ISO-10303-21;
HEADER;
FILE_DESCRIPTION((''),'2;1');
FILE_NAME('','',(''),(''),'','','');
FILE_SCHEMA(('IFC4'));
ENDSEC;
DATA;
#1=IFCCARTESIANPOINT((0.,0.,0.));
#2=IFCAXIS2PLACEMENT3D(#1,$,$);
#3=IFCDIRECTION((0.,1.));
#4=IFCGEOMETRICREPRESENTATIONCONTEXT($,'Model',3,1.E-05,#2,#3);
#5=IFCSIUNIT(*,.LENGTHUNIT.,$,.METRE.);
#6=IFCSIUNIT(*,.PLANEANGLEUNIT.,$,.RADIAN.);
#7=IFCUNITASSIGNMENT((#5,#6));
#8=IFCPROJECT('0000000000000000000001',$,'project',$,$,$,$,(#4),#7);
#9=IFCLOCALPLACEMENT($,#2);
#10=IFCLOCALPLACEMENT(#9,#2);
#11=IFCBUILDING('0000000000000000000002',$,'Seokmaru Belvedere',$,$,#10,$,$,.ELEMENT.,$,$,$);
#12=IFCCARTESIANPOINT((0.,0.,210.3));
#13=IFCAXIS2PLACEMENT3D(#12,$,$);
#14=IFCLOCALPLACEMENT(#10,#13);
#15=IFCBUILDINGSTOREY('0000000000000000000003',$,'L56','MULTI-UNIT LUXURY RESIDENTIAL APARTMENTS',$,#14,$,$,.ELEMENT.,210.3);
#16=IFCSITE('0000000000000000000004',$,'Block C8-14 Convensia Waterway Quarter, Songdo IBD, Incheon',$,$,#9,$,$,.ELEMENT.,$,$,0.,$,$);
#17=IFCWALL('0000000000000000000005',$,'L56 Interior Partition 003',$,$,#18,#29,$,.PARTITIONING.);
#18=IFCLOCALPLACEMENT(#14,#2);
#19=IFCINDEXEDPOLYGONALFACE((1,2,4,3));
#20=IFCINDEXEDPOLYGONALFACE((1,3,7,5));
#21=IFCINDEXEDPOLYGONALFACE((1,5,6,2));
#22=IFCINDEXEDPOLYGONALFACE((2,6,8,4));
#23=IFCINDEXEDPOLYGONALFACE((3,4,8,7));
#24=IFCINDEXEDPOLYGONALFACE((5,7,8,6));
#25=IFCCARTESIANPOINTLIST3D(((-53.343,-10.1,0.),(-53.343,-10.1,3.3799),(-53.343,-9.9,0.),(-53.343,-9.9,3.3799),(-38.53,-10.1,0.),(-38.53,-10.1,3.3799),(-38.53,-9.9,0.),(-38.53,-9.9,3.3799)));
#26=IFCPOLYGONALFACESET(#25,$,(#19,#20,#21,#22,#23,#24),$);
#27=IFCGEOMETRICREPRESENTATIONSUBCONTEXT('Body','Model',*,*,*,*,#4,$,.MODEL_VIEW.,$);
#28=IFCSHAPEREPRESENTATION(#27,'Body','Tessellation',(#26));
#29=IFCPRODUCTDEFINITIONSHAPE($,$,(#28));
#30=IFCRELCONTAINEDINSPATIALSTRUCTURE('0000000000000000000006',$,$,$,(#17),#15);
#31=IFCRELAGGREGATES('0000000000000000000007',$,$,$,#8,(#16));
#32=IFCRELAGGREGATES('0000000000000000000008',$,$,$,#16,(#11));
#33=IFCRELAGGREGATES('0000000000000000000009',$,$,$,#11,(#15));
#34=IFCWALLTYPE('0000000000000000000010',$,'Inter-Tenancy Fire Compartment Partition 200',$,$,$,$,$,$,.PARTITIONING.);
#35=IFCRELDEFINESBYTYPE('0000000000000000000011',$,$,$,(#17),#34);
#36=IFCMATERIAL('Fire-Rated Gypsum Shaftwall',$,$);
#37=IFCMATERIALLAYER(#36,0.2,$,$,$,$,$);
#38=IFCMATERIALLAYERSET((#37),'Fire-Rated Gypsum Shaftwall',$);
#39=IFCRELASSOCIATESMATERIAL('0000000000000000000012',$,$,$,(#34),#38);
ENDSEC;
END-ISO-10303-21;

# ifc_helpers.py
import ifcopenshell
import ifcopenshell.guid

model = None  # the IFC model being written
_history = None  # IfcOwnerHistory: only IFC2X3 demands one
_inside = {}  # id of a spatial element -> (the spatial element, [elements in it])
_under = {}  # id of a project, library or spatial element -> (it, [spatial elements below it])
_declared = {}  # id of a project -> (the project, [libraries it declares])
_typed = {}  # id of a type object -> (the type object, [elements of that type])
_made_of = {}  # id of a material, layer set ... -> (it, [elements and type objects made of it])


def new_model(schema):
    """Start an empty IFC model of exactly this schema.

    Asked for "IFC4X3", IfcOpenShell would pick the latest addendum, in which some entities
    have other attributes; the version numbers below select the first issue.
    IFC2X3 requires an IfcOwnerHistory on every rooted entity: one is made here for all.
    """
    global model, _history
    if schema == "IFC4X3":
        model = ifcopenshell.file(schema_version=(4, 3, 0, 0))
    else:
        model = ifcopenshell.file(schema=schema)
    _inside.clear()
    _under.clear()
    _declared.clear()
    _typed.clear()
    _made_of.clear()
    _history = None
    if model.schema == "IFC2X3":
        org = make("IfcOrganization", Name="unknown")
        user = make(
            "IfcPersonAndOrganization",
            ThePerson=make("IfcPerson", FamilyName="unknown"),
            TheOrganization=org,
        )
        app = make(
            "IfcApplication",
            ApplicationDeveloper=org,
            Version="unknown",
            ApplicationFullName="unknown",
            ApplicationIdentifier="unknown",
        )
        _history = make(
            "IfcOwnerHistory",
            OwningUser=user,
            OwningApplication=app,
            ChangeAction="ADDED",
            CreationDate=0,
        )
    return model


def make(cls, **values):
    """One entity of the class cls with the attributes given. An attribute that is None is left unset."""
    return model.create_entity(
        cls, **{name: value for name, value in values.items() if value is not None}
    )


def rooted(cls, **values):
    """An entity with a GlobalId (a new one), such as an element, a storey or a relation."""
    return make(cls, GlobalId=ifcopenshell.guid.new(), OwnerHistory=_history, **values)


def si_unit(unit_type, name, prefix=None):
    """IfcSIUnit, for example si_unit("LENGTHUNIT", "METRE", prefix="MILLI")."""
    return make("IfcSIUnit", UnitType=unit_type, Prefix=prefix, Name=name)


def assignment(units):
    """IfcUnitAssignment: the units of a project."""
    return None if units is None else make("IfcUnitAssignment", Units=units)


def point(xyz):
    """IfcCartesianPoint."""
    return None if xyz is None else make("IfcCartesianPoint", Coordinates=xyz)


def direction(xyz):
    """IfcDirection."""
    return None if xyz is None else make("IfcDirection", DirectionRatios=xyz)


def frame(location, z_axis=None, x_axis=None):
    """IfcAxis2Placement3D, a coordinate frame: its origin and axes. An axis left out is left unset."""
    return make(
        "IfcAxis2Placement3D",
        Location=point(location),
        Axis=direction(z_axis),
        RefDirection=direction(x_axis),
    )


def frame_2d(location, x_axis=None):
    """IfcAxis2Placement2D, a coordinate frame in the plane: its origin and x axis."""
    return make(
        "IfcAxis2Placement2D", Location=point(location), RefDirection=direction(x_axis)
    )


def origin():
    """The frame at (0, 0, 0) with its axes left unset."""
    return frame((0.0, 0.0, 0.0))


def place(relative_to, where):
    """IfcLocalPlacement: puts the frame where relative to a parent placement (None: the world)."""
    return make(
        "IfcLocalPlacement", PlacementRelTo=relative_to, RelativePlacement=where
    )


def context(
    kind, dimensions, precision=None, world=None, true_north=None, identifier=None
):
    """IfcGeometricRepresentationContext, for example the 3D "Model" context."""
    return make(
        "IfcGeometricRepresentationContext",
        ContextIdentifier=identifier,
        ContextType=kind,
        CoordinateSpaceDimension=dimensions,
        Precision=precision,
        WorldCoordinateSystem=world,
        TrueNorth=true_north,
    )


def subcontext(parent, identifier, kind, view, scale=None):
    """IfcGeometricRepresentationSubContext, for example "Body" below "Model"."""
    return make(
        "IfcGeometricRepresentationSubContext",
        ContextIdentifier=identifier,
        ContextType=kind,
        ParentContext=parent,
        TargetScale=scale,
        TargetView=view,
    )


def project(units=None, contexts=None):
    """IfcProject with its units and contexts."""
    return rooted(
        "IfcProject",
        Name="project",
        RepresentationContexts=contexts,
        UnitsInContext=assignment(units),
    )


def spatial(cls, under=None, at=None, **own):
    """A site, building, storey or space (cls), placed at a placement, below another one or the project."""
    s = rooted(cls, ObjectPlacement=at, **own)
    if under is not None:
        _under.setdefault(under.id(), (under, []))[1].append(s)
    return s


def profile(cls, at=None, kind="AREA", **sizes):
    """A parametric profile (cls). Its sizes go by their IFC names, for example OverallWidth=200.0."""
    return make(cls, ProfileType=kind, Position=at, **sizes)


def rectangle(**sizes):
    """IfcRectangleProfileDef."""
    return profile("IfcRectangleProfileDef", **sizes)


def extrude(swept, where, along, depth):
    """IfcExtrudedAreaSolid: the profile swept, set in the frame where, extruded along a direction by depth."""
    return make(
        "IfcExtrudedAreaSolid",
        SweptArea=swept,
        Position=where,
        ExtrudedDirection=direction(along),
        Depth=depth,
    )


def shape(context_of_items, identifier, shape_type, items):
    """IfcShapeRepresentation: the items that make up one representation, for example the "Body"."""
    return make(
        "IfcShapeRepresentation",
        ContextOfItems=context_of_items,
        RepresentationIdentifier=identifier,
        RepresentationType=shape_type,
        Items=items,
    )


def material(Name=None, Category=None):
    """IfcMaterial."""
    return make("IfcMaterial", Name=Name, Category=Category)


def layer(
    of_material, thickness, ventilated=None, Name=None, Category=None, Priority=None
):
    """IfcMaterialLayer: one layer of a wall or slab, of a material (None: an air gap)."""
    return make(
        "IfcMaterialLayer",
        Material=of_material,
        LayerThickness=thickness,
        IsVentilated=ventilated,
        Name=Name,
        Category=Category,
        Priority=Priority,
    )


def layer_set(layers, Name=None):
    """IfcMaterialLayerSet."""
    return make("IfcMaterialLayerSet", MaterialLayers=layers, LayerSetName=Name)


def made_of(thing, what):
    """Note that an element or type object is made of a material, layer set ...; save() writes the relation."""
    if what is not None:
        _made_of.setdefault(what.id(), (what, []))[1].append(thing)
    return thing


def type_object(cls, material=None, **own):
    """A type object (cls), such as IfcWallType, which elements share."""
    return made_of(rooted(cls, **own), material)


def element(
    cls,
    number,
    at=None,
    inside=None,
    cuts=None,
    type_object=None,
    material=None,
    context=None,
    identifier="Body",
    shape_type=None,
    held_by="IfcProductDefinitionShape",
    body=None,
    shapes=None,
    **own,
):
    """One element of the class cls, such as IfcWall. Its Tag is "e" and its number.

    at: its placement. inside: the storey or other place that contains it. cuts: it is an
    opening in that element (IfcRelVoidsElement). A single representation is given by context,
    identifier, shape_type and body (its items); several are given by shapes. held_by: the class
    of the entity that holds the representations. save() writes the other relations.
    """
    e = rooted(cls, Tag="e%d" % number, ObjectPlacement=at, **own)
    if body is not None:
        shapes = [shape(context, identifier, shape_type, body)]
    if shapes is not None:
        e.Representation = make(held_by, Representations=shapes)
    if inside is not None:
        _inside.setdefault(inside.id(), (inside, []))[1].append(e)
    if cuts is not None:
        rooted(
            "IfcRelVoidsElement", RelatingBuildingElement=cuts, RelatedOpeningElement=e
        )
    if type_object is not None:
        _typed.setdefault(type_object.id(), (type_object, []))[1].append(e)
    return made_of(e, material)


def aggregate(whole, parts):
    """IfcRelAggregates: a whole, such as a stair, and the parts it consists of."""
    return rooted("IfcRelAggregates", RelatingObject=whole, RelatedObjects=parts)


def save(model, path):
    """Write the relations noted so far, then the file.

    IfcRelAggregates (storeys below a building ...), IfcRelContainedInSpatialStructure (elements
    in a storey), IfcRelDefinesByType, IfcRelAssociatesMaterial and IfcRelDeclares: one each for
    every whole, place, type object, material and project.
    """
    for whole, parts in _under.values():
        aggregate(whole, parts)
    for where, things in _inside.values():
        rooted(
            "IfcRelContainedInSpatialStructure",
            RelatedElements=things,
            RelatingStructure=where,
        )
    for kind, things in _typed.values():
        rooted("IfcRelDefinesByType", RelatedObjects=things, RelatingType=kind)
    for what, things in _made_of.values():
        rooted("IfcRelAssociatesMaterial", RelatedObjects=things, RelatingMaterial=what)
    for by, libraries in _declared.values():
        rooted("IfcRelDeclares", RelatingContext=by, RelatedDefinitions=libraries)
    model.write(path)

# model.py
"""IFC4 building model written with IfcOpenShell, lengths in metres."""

from ifc_helpers import new_model, si_unit, direction, frame, frame_2d, origin, place, context, subcontext, project, spatial, rectangle, extrude, material, layer, layer_set, type_object, element, save


model = new_model("IFC4")

# Units and contexts
model_context = context("Model", 3, precision=1e-05, world=origin(), true_north=direction((0.0, 1.0)))
body_context = subcontext(model_context, "Body", "Model", "MODEL_VIEW")
ifc_project = project(units=[si_unit("LENGTHUNIT", "METRE"), si_unit("PLANEANGLEUNIT", "RADIAN")], contexts=[model_context])

# Site, building, storey
site_placement = place(None, origin())
site = spatial("IfcSite", under=ifc_project, at=site_placement, Name="Block C8-14 Convensia Waterway Quarter, Songdo IBD, Incheon", CompositionType="ELEMENT", RefElevation=0.0)
building_placement = place(site_placement, origin())
building = spatial("IfcBuilding", under=site, at=building_placement, Name="Seokmaru Belvedere", CompositionType="ELEMENT")
storey_placement = place(building_placement, frame((0.0, 0.0, 210.3)))
storey = spatial("IfcBuildingStorey", under=building, at=storey_placement, Name="L56", Description="MULTI-UNIT LUXURY RESIDENTIAL APARTMENTS", CompositionType="ELEMENT", Elevation=210.3)

# Shared definitions
ifc_material_1 = material(Name="Fire-Rated Gypsum Shaftwall")

# Wall
ifc_layer_1 = layer(ifc_material_1, 0.2)
ifc_layer_set_1 = layer_set([ifc_layer_1], Name="Fire-Rated Gypsum Shaftwall")
wall_type_1 = type_object("IfcWallType", Name="Inter-Tenancy Fire Compartment Partition 200", PredefinedType="PARTITIONING", material=ifc_layer_set_1)
wall_1_placement = place(storey_placement, frame((-53.343, -10.0, 0.0), z_axis=(0.0, 0.0, 1.0), x_axis=(1.0, 0.0, 0.0)))
element("IfcWall", 1, at=wall_1_placement, inside=storey, type_object=wall_type_1, Name="L56 Interior Partition 003", PredefinedType="PARTITIONING", context=body_context, shape_type="SweptSolid", body=[
    extrude(rectangle(XDim=14.813, YDim=0.2, at=frame_2d((7.4065, 0.0))), origin(), (0.0, 0.0, 1.0), 3.3799),
])

save(model, "model.ifc")
